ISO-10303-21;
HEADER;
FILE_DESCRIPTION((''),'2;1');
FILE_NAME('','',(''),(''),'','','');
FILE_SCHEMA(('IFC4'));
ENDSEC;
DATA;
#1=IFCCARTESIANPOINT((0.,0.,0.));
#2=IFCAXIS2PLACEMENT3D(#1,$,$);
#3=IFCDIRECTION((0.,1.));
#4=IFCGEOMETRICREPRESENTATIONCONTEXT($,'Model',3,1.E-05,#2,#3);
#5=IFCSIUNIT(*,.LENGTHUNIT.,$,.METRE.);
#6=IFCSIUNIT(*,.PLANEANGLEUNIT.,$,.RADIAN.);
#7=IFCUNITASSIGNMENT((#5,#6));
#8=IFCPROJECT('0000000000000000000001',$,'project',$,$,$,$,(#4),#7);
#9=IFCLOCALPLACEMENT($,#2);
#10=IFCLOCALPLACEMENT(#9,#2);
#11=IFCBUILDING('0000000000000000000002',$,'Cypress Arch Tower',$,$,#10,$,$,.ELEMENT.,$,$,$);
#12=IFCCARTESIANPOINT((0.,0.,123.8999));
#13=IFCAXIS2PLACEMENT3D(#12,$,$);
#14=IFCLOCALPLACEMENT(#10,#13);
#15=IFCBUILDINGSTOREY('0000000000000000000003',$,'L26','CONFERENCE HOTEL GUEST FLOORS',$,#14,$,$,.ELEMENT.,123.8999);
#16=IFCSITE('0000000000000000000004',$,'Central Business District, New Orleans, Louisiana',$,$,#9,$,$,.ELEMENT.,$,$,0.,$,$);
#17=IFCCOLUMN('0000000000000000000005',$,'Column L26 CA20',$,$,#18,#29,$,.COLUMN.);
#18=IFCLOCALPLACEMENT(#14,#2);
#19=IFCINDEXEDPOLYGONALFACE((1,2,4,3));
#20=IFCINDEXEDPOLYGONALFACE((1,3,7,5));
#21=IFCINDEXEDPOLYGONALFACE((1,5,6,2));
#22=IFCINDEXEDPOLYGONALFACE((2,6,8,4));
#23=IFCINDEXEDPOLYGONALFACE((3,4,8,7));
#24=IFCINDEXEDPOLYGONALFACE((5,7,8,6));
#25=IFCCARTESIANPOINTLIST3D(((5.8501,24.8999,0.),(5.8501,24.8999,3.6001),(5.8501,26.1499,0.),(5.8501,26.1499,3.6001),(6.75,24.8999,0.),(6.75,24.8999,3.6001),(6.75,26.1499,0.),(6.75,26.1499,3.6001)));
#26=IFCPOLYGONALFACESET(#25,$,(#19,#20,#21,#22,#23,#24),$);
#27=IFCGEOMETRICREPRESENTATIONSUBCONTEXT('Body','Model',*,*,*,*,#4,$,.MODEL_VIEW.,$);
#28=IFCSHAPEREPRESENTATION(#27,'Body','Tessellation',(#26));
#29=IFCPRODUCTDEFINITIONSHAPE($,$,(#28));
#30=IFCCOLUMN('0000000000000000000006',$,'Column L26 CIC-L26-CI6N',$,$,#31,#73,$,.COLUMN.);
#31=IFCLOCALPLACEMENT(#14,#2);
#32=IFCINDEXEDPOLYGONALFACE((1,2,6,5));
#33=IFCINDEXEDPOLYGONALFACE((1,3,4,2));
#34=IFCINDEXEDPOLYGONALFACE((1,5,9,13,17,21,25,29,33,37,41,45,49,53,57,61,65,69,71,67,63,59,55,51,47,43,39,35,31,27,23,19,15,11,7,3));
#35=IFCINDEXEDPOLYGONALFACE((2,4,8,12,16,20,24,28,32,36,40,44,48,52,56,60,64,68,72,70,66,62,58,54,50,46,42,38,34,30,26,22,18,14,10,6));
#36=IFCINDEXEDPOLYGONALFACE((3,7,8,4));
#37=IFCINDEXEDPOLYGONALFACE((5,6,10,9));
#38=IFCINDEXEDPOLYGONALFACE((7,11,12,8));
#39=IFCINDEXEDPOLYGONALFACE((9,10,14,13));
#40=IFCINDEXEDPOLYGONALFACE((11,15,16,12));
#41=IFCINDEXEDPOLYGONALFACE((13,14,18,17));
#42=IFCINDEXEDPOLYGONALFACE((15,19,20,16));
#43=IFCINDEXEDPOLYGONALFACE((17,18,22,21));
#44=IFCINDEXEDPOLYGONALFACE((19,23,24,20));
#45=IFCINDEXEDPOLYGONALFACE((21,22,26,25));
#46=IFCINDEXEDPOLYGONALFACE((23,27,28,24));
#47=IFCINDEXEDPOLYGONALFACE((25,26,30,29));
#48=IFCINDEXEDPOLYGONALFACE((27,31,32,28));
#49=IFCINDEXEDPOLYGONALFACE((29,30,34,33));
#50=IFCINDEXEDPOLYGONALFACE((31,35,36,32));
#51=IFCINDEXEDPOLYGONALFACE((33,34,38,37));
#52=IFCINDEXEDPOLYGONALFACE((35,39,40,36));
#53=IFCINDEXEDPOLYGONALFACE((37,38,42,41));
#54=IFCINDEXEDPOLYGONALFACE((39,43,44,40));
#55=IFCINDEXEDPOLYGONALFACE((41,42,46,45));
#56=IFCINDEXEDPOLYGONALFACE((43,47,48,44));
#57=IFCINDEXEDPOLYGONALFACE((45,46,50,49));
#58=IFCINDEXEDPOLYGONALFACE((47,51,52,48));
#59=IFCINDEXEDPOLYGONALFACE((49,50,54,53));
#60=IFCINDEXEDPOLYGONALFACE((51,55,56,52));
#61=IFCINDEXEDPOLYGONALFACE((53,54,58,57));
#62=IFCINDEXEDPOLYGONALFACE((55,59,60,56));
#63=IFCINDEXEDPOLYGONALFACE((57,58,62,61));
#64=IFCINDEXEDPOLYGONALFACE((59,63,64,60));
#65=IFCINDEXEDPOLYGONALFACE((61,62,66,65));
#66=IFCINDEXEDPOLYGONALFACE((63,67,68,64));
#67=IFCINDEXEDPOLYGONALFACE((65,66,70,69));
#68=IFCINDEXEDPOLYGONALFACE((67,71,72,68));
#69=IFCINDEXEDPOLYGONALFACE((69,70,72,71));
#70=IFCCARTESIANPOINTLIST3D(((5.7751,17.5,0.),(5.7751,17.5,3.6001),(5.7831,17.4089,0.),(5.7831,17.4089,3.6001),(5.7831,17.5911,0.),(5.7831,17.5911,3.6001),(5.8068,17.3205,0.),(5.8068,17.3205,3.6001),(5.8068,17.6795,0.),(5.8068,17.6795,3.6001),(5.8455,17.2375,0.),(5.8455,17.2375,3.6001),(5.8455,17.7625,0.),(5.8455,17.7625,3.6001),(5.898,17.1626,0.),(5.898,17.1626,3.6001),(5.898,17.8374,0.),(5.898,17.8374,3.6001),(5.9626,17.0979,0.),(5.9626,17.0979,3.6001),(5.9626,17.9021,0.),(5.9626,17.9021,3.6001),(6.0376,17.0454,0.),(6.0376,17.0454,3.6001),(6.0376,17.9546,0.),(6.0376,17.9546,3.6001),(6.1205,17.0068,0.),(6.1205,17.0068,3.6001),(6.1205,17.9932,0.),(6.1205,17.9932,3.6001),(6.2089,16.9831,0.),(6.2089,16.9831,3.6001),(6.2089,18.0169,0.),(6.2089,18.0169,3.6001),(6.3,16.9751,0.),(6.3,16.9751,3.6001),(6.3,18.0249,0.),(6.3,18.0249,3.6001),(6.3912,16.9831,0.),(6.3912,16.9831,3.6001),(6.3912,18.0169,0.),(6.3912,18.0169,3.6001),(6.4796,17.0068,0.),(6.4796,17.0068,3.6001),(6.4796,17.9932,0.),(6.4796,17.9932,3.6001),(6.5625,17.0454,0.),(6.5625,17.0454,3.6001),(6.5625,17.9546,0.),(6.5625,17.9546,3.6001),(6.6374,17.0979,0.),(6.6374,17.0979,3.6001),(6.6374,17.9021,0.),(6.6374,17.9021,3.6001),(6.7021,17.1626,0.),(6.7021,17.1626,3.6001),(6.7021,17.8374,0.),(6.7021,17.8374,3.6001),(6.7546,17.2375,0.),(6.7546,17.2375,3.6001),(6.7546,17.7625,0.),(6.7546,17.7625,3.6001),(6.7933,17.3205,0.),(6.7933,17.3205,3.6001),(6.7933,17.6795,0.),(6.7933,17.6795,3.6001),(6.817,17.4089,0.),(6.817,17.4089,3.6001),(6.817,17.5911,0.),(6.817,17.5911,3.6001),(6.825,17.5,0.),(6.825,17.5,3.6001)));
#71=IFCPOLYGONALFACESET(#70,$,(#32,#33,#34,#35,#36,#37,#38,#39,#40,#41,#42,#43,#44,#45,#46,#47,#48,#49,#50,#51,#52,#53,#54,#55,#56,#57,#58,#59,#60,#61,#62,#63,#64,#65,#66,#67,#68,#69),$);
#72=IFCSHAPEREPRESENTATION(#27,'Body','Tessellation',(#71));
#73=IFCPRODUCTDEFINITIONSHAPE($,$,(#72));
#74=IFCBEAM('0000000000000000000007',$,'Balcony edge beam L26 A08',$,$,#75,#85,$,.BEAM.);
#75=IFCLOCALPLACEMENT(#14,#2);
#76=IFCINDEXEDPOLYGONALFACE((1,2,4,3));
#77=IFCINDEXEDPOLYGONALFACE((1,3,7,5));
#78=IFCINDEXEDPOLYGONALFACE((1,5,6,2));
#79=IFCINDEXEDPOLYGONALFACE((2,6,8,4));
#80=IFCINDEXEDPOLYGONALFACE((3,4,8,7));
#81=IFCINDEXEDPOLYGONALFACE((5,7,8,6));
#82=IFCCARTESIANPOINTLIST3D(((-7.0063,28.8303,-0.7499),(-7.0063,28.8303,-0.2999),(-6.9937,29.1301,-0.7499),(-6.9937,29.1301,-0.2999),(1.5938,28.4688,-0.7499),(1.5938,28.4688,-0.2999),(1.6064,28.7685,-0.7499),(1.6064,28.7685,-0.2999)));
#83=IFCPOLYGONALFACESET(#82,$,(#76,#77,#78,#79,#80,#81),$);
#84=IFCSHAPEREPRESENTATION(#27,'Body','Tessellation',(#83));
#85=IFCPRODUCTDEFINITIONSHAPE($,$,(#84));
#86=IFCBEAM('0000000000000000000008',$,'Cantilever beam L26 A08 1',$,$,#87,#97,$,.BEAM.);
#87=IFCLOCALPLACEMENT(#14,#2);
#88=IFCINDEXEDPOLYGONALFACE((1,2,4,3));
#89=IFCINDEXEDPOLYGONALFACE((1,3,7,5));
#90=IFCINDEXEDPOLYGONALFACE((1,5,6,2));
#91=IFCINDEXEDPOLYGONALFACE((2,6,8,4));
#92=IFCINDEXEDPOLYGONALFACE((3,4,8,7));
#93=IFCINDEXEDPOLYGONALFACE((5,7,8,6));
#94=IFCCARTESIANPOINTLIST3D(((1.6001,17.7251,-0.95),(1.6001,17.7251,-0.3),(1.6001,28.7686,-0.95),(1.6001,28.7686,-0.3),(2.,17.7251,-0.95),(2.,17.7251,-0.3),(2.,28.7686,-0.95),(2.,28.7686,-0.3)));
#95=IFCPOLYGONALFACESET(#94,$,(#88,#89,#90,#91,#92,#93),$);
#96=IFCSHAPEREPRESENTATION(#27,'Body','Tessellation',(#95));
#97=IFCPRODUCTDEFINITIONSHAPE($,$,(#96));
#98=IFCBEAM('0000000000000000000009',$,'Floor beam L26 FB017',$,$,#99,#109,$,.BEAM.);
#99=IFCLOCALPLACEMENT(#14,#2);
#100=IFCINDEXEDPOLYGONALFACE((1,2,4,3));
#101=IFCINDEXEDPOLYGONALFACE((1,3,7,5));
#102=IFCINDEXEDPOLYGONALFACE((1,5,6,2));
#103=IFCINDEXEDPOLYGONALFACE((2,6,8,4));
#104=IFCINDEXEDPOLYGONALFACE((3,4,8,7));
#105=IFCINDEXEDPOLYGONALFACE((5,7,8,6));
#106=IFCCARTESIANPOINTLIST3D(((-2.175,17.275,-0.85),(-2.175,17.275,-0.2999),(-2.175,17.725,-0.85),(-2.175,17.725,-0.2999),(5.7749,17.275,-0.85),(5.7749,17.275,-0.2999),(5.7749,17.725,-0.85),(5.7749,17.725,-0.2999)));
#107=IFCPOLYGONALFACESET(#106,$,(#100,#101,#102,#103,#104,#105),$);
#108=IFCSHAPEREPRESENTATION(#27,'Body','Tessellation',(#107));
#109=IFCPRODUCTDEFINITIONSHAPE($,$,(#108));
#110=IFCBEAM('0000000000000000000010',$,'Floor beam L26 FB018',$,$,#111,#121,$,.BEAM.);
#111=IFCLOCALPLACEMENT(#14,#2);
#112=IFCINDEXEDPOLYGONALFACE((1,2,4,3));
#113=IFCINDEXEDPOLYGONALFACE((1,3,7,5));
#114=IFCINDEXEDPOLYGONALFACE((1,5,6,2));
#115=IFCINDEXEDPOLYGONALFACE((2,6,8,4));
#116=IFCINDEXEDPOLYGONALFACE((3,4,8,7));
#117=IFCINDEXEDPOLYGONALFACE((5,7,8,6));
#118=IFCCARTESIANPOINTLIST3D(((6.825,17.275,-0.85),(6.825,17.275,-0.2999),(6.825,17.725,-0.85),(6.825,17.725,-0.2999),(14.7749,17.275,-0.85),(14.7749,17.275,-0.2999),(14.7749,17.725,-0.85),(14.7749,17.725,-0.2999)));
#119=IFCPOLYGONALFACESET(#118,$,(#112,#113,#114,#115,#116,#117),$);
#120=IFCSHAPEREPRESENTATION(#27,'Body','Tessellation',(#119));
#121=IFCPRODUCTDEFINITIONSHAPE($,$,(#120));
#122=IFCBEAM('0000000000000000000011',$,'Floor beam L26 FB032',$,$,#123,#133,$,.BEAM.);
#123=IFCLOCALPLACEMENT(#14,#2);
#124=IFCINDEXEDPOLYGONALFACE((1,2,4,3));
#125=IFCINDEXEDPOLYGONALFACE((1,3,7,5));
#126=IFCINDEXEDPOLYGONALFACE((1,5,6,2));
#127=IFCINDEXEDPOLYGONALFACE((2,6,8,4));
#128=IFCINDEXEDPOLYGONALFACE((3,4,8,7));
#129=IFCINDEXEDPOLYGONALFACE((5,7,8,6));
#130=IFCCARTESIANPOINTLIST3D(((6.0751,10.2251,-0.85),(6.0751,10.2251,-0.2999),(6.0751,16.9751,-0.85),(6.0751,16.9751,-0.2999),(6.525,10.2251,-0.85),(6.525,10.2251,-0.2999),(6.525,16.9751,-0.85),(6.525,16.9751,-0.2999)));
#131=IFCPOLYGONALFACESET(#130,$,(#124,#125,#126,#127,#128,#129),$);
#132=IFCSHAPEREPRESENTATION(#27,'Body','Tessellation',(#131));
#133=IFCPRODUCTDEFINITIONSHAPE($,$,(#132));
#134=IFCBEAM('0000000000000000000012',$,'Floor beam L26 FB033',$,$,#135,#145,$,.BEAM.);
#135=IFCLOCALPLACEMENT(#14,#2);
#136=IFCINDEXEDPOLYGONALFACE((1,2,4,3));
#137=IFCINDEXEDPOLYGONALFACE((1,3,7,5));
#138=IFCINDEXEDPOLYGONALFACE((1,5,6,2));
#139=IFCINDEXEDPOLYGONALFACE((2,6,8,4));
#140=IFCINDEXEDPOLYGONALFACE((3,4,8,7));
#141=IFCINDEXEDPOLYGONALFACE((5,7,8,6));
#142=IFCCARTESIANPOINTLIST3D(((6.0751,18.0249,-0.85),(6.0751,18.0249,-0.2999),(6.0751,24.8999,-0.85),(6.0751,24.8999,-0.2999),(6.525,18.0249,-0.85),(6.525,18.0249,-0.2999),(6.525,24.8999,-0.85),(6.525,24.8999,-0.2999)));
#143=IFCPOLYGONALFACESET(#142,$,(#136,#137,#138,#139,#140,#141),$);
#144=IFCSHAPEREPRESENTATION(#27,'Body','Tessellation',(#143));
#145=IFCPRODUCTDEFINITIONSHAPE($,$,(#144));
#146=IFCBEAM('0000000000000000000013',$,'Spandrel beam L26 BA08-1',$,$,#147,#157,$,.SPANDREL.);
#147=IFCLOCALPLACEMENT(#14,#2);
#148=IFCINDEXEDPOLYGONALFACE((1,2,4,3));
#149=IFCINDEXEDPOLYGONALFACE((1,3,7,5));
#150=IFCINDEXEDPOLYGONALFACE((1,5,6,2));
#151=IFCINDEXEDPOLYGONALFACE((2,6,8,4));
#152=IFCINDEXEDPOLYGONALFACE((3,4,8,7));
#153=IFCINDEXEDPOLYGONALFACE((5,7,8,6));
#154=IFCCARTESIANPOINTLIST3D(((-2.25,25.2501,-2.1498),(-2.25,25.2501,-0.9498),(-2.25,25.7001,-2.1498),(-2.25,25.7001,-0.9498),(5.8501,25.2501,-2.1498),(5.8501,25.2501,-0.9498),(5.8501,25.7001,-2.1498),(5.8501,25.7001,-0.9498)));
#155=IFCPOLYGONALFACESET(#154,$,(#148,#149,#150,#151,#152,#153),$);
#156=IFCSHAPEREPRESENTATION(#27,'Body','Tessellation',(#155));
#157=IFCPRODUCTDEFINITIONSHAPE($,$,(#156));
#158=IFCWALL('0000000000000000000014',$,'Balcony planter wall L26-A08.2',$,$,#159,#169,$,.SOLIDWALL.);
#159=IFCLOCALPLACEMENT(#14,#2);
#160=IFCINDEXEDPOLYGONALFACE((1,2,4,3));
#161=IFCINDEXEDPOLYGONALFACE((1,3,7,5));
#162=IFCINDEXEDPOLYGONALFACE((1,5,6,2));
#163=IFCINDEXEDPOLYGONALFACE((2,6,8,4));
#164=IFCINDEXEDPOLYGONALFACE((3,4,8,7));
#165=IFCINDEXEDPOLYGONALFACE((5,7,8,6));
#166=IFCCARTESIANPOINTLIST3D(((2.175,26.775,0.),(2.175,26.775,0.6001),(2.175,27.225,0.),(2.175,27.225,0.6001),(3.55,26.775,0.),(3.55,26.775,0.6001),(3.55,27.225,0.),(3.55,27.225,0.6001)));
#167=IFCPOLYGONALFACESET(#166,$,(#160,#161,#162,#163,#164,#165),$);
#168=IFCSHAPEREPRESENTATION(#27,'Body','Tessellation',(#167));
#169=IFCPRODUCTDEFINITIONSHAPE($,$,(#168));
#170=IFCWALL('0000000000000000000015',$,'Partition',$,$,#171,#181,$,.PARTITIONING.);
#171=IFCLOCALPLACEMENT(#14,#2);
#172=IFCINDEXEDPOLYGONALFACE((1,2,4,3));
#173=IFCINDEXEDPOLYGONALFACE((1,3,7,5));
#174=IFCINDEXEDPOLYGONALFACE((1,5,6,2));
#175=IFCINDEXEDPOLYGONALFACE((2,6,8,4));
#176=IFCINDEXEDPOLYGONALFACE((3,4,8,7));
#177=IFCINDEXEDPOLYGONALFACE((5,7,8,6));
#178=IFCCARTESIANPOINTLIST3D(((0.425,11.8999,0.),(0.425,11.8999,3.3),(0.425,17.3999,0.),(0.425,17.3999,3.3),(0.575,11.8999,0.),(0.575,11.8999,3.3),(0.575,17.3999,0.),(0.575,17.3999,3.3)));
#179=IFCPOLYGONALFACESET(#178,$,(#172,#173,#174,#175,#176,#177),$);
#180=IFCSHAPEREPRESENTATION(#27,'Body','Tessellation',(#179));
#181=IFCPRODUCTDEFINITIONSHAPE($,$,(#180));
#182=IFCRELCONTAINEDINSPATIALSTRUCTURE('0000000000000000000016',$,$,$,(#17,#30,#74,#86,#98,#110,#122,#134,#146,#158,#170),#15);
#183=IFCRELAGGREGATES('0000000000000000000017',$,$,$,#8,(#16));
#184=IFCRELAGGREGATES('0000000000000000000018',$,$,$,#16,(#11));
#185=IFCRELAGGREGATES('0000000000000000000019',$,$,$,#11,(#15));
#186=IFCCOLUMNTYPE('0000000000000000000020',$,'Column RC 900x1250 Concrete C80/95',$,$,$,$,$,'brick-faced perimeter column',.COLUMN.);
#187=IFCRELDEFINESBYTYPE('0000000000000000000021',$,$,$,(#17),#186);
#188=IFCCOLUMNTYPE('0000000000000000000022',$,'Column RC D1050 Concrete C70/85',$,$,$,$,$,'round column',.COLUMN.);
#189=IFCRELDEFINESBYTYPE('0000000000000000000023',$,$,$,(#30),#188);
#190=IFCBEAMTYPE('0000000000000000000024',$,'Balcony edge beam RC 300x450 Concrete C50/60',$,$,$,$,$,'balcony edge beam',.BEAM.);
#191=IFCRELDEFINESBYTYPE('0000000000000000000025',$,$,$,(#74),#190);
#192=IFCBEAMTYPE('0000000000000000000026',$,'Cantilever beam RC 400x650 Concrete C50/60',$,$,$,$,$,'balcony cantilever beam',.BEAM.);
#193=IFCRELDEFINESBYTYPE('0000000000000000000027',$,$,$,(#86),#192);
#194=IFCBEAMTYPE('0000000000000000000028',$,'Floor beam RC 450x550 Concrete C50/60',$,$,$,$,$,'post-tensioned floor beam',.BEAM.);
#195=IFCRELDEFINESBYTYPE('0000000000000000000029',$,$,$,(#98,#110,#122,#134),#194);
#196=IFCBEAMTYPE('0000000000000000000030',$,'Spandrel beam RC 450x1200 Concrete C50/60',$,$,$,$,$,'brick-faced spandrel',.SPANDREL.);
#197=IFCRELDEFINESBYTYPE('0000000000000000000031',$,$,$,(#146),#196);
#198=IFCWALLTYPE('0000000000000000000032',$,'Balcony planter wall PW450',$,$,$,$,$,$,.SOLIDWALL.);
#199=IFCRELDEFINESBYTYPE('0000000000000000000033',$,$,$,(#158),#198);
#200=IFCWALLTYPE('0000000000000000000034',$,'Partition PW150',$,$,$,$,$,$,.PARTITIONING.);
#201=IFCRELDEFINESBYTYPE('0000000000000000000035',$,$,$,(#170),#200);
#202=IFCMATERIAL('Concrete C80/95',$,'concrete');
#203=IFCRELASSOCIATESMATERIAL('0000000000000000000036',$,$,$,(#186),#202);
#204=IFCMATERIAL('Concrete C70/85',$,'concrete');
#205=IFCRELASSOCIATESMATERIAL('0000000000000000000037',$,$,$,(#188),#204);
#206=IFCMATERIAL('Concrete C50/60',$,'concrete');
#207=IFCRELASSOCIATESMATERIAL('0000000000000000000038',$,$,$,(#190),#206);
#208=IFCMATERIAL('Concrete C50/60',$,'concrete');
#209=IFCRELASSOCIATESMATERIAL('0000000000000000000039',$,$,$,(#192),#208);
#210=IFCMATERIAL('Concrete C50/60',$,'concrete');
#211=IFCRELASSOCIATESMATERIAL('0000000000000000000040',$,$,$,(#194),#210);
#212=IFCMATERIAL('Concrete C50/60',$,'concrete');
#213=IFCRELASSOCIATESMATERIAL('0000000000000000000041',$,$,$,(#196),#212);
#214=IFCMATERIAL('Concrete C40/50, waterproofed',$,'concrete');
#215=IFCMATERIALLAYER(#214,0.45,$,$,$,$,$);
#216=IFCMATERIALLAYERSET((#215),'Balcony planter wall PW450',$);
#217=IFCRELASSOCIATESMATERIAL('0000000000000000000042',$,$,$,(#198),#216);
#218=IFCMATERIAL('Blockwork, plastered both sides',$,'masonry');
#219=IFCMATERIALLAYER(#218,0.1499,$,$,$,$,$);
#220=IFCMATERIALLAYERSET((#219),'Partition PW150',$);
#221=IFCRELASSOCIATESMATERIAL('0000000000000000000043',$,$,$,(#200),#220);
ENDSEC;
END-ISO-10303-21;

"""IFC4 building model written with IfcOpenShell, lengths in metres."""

from ifc_helpers import new_model, si_unit, direction, frame, frame_2d, origin, origin_2d, place, context, subcontext, project, spatial, rectangle, circle, extrude, material, layer, layer_set, material_profile, profile_set, type_object, element, save


model = new_model("IFC4")

# Units and contexts
model_context = context("Model", 3, precision=1e-05, world=origin(), true_north=direction((0.0, 1.0)))
body_context = subcontext(model_context, "Body", "Model", "MODEL_VIEW")
ifc_project = project(units=[si_unit("LENGTHUNIT", "METRE"), si_unit("PLANEANGLEUNIT", "RADIAN")], contexts=[model_context])

# Site, building, storey
site_placement = place(None, origin())
site = spatial("IfcSite", under=ifc_project, at=site_placement, Name="Central Business District, New Orleans, Louisiana", CompositionType="ELEMENT", RefElevation=0.0)
building_placement = place(site_placement, origin())
building = spatial("IfcBuilding", under=site, at=building_placement, Name="Cypress Arch Tower", CompositionType="ELEMENT")
storey_placement = place(building_placement, frame((0.0, 0.0, 123.8999)))
storey = spatial("IfcBuildingStorey", under=building, at=storey_placement, Name="L26", Description="CONFERENCE HOTEL GUEST FLOORS", CompositionType="ELEMENT", Elevation=123.8999)

# Columns
ifc_material_1 = material(Name="Concrete C80/95", Category="concrete")
ifc_material_profile_1 = material_profile(ifc_material_1, rectangle(XDim=0.8999, YDim=1.25, at=origin_2d()), Name="RC 900x1250")
ifc_profile_set_1 = profile_set([ifc_material_profile_1], Name="Concrete C80/95")
column_type_1 = type_object("IfcColumnType", Name="Column RC 900x1250 Concrete C80/95", ElementType="brick-faced perimeter column", PredefinedType="COLUMN", material=ifc_profile_set_1)
column_1_placement = place(storey_placement, frame((6.3, 25.5249, 0.0), z_axis=(0.0, 0.0, 1.0), x_axis=(-1.0, 0.0, 0.0)))
element("IfcColumn", 1, at=column_1_placement, inside=storey, type_object=column_type_1, Name="Column L26 CA20", PredefinedType="COLUMN", context=body_context, shape_type="SweptSolid", body=[
    extrude(rectangle(XDim=0.8999, YDim=1.25, at=origin_2d()), origin(), (0.0, 0.0, 1.0), 3.6001),
])
ifc_material_2 = material(Name="Concrete C70/85", Category="concrete")
ifc_material_profile_2 = material_profile(ifc_material_2, circle(Radius=0.5249, at=origin_2d()), Name="RC D1050")
ifc_profile_set_2 = profile_set([ifc_material_profile_2], Name="Concrete C70/85")
column_type_2 = type_object("IfcColumnType", Name="Column RC D1050 Concrete C70/85", ElementType="round column", PredefinedType="COLUMN", material=ifc_profile_set_2)
column_2_placement = place(storey_placement, frame((6.3, 17.5, 0.0), z_axis=(0.0, 0.0, 1.0), x_axis=(1.0, 0.0, 0.0)))
element("IfcColumn", 2, at=column_2_placement, inside=storey, type_object=column_type_2, Name="Column L26 CIC-L26-CI6N", PredefinedType="COLUMN", context=body_context, shape_type="SweptSolid", body=[
    extrude(circle(Radius=0.5249, at=origin_2d()), origin(), (0.0, 0.0, 1.0), 3.6001),
])

# Beams
ifc_material_3 = material(Name="Concrete C50/60", Category="concrete")
ifc_material_profile_3 = material_profile(ifc_material_3, rectangle(XDim=0.3, YDim=0.45, at=origin_2d()), Name="RC 300x450")
ifc_profile_set_3 = profile_set([ifc_material_profile_3], Name="Concrete C50/60")
beam_type_1 = type_object("IfcBeamType", Name="Balcony edge beam RC 300x450 Concrete C50/60", ElementType="balcony edge beam", PredefinedType="BEAM", material=ifc_profile_set_3)
beam_1_placement = place(storey_placement, frame((1.6001, 28.6187, -0.5249), z_axis=(-0.999117, 0.042006, 0.0), x_axis=(-0.042006, -0.999117, 0.0)))
element("IfcBeam", 3, at=beam_1_placement, inside=storey, type_object=beam_type_1, Name="Balcony edge beam L26 A08", PredefinedType="BEAM", context=body_context, shape_type="SweptSolid", body=[
    extrude(rectangle(XDim=0.3, YDim=0.45, at=origin_2d()), origin(), (0.0, 0.0, 1.0), 8.6077),
])
ifc_material_4 = material(Name="Concrete C50/60", Category="concrete")
ifc_material_profile_4 = material_profile(ifc_material_4, rectangle(XDim=0.3999, YDim=0.6499, at=origin_2d()), Name="RC 400x650")
ifc_profile_set_4 = profile_set([ifc_material_profile_4], Name="Concrete C50/60")
beam_type_2 = type_object("IfcBeamType", Name="Cantilever beam RC 400x650 Concrete C50/60", ElementType="balcony cantilever beam", PredefinedType="BEAM", material=ifc_profile_set_4)
beam_2_placement = place(storey_placement, frame((1.8, 17.7251, -0.625), z_axis=(0.0, 1.0, 0.0), x_axis=(-1.0, 0.0, 0.0)))
element("IfcBeam", 4, at=beam_2_placement, inside=storey, type_object=beam_type_2, Name="Cantilever beam L26 A08 1", PredefinedType="BEAM", context=body_context, shape_type="SweptSolid", body=[
    extrude(rectangle(XDim=0.3999, YDim=0.6499, at=origin_2d()), origin(), (0.0, 0.0, 1.0), 11.0435),
])
ifc_material_5 = material(Name="Concrete C50/60", Category="concrete")
ifc_material_profile_5 = material_profile(ifc_material_5, rectangle(XDim=0.45, YDim=0.55, at=origin_2d()), Name="RC 450x550")
ifc_profile_set_5 = profile_set([ifc_material_profile_5], Name="Concrete C50/60")
beam_type_3 = type_object("IfcBeamType", Name="Floor beam RC 450x550 Concrete C50/60", ElementType="post-tensioned floor beam", PredefinedType="BEAM", material=ifc_profile_set_5)
for number, where, z_axis, x_axis, name in (
    (5, (-2.175, 17.5, -0.575), (1.0, 0.0, 0.0), (0.0, 1.0, 0.0), "Floor beam L26 FB017"),
    (6, (6.825, 17.5, -0.575), (1.0, 0.0, 0.0), (0.0, 1.0, 0.0), "Floor beam L26 FB018"),
):
    element("IfcBeam", number, at=place(storey_placement, frame(where, z_axis=z_axis, x_axis=x_axis)), inside=storey, type_object=beam_type_3, Name=name, PredefinedType="BEAM", context=body_context, shape_type="SweptSolid", body=[
        extrude(rectangle(XDim=0.45, YDim=0.55, at=origin_2d()), origin(), (0.0, 0.0, 1.0), 7.95),
    ])
beam_3_placement = place(storey_placement, frame((6.3, 10.2251, -0.575), z_axis=(0.0, 1.0, 0.0), x_axis=(-1.0, 0.0, 0.0)))
element("IfcBeam", 7, at=beam_3_placement, inside=storey, type_object=beam_type_3, Name="Floor beam L26 FB032", PredefinedType="BEAM", context=body_context, shape_type="SweptSolid", body=[
    extrude(rectangle(XDim=0.45, YDim=0.55, at=origin_2d()), origin(), (0.0, 0.0, 1.0), 6.75),
])
beam_4_placement = place(storey_placement, frame((6.3, 18.0249, -0.575), z_axis=(0.0, 1.0, 0.0), x_axis=(-1.0, 0.0, 0.0)))
element("IfcBeam", 8, at=beam_4_placement, inside=storey, type_object=beam_type_3, Name="Floor beam L26 FB033", PredefinedType="BEAM", context=body_context, shape_type="SweptSolid", body=[
    extrude(rectangle(XDim=0.45, YDim=0.55, at=origin_2d()), origin(), (0.0, 0.0, 1.0), 6.875),
])
ifc_material_6 = material(Name="Concrete C50/60", Category="concrete")
ifc_material_profile_6 = material_profile(ifc_material_6, rectangle(XDim=0.45, YDim=1.2, at=origin_2d()), Name="RC 450x1200")
ifc_profile_set_6 = profile_set([ifc_material_profile_6], Name="Concrete C50/60")
beam_type_4 = type_object("IfcBeamType", Name="Spandrel beam RC 450x1200 Concrete C50/60", ElementType="brick-faced spandrel", PredefinedType="SPANDREL", material=ifc_profile_set_6)
beam_5_placement = place(storey_placement, frame((5.8501, 25.4751, -1.5498), z_axis=(-1.0, 0.0, 0.0), x_axis=(0.0, -1.0, 0.0)))
element("IfcBeam", 9, at=beam_5_placement, inside=storey, type_object=beam_type_4, Name="Spandrel beam L26 BA08-1", PredefinedType="SPANDREL", context=body_context, shape_type="SweptSolid", body=[
    extrude(rectangle(XDim=0.45, YDim=1.2, at=origin_2d()), origin(), (0.0, 0.0, 1.0), 8.1001),
])

# Wall
ifc_material_7 = material(Name="Concrete C40/50, waterproofed", Category="concrete")
ifc_layer_1 = layer(ifc_material_7, 0.45)
ifc_layer_set_1 = layer_set([ifc_layer_1], Name="Balcony planter wall PW450")
wall_type_1 = type_object("IfcWallType", Name="Balcony planter wall PW450", PredefinedType="SOLIDWALL", material=ifc_layer_set_1)
wall_1_placement = place(storey_placement, frame((3.55, 27.0, 0.0), z_axis=(0.0, 0.0, 1.0), x_axis=(-1.0, 0.0, 0.0)))
element("IfcWall", 10, at=wall_1_placement, inside=storey, type_object=wall_type_1, Name="Balcony planter wall L26-A08.2", PredefinedType="SOLIDWALL", context=body_context, shape_type="SweptSolid", body=[
    extrude(rectangle(XDim=1.375, YDim=0.45, at=frame_2d((0.6875, 0.0))), origin(), (0.0, 0.0, 1.0), 0.6001),
])

# Wall
ifc_material_8 = material(Name="Blockwork, plastered both sides", Category="masonry")
ifc_layer_2 = layer(ifc_material_8, 0.1499)
ifc_layer_set_2 = layer_set([ifc_layer_2], Name="Partition PW150")
wall_type_2 = type_object("IfcWallType", Name="Partition PW150", PredefinedType="PARTITIONING", material=ifc_layer_set_2)
wall_2_placement = place(storey_placement, frame((0.5, 11.8999, 0.0), z_axis=(0.0, 0.0, 1.0), x_axis=(0.0, 1.0, 0.0)))
element("IfcWall", 11, at=wall_2_placement, inside=storey, type_object=wall_type_2, Name="Partition", PredefinedType="PARTITIONING", context=body_context, shape_type="SweptSolid", body=[
    extrude(rectangle(XDim=5.5, YDim=0.1499, at=frame_2d((2.75, 0.0))), origin(), (0.0, 0.0, 1.0), 3.3),
])

save(model, "model.ifc")
